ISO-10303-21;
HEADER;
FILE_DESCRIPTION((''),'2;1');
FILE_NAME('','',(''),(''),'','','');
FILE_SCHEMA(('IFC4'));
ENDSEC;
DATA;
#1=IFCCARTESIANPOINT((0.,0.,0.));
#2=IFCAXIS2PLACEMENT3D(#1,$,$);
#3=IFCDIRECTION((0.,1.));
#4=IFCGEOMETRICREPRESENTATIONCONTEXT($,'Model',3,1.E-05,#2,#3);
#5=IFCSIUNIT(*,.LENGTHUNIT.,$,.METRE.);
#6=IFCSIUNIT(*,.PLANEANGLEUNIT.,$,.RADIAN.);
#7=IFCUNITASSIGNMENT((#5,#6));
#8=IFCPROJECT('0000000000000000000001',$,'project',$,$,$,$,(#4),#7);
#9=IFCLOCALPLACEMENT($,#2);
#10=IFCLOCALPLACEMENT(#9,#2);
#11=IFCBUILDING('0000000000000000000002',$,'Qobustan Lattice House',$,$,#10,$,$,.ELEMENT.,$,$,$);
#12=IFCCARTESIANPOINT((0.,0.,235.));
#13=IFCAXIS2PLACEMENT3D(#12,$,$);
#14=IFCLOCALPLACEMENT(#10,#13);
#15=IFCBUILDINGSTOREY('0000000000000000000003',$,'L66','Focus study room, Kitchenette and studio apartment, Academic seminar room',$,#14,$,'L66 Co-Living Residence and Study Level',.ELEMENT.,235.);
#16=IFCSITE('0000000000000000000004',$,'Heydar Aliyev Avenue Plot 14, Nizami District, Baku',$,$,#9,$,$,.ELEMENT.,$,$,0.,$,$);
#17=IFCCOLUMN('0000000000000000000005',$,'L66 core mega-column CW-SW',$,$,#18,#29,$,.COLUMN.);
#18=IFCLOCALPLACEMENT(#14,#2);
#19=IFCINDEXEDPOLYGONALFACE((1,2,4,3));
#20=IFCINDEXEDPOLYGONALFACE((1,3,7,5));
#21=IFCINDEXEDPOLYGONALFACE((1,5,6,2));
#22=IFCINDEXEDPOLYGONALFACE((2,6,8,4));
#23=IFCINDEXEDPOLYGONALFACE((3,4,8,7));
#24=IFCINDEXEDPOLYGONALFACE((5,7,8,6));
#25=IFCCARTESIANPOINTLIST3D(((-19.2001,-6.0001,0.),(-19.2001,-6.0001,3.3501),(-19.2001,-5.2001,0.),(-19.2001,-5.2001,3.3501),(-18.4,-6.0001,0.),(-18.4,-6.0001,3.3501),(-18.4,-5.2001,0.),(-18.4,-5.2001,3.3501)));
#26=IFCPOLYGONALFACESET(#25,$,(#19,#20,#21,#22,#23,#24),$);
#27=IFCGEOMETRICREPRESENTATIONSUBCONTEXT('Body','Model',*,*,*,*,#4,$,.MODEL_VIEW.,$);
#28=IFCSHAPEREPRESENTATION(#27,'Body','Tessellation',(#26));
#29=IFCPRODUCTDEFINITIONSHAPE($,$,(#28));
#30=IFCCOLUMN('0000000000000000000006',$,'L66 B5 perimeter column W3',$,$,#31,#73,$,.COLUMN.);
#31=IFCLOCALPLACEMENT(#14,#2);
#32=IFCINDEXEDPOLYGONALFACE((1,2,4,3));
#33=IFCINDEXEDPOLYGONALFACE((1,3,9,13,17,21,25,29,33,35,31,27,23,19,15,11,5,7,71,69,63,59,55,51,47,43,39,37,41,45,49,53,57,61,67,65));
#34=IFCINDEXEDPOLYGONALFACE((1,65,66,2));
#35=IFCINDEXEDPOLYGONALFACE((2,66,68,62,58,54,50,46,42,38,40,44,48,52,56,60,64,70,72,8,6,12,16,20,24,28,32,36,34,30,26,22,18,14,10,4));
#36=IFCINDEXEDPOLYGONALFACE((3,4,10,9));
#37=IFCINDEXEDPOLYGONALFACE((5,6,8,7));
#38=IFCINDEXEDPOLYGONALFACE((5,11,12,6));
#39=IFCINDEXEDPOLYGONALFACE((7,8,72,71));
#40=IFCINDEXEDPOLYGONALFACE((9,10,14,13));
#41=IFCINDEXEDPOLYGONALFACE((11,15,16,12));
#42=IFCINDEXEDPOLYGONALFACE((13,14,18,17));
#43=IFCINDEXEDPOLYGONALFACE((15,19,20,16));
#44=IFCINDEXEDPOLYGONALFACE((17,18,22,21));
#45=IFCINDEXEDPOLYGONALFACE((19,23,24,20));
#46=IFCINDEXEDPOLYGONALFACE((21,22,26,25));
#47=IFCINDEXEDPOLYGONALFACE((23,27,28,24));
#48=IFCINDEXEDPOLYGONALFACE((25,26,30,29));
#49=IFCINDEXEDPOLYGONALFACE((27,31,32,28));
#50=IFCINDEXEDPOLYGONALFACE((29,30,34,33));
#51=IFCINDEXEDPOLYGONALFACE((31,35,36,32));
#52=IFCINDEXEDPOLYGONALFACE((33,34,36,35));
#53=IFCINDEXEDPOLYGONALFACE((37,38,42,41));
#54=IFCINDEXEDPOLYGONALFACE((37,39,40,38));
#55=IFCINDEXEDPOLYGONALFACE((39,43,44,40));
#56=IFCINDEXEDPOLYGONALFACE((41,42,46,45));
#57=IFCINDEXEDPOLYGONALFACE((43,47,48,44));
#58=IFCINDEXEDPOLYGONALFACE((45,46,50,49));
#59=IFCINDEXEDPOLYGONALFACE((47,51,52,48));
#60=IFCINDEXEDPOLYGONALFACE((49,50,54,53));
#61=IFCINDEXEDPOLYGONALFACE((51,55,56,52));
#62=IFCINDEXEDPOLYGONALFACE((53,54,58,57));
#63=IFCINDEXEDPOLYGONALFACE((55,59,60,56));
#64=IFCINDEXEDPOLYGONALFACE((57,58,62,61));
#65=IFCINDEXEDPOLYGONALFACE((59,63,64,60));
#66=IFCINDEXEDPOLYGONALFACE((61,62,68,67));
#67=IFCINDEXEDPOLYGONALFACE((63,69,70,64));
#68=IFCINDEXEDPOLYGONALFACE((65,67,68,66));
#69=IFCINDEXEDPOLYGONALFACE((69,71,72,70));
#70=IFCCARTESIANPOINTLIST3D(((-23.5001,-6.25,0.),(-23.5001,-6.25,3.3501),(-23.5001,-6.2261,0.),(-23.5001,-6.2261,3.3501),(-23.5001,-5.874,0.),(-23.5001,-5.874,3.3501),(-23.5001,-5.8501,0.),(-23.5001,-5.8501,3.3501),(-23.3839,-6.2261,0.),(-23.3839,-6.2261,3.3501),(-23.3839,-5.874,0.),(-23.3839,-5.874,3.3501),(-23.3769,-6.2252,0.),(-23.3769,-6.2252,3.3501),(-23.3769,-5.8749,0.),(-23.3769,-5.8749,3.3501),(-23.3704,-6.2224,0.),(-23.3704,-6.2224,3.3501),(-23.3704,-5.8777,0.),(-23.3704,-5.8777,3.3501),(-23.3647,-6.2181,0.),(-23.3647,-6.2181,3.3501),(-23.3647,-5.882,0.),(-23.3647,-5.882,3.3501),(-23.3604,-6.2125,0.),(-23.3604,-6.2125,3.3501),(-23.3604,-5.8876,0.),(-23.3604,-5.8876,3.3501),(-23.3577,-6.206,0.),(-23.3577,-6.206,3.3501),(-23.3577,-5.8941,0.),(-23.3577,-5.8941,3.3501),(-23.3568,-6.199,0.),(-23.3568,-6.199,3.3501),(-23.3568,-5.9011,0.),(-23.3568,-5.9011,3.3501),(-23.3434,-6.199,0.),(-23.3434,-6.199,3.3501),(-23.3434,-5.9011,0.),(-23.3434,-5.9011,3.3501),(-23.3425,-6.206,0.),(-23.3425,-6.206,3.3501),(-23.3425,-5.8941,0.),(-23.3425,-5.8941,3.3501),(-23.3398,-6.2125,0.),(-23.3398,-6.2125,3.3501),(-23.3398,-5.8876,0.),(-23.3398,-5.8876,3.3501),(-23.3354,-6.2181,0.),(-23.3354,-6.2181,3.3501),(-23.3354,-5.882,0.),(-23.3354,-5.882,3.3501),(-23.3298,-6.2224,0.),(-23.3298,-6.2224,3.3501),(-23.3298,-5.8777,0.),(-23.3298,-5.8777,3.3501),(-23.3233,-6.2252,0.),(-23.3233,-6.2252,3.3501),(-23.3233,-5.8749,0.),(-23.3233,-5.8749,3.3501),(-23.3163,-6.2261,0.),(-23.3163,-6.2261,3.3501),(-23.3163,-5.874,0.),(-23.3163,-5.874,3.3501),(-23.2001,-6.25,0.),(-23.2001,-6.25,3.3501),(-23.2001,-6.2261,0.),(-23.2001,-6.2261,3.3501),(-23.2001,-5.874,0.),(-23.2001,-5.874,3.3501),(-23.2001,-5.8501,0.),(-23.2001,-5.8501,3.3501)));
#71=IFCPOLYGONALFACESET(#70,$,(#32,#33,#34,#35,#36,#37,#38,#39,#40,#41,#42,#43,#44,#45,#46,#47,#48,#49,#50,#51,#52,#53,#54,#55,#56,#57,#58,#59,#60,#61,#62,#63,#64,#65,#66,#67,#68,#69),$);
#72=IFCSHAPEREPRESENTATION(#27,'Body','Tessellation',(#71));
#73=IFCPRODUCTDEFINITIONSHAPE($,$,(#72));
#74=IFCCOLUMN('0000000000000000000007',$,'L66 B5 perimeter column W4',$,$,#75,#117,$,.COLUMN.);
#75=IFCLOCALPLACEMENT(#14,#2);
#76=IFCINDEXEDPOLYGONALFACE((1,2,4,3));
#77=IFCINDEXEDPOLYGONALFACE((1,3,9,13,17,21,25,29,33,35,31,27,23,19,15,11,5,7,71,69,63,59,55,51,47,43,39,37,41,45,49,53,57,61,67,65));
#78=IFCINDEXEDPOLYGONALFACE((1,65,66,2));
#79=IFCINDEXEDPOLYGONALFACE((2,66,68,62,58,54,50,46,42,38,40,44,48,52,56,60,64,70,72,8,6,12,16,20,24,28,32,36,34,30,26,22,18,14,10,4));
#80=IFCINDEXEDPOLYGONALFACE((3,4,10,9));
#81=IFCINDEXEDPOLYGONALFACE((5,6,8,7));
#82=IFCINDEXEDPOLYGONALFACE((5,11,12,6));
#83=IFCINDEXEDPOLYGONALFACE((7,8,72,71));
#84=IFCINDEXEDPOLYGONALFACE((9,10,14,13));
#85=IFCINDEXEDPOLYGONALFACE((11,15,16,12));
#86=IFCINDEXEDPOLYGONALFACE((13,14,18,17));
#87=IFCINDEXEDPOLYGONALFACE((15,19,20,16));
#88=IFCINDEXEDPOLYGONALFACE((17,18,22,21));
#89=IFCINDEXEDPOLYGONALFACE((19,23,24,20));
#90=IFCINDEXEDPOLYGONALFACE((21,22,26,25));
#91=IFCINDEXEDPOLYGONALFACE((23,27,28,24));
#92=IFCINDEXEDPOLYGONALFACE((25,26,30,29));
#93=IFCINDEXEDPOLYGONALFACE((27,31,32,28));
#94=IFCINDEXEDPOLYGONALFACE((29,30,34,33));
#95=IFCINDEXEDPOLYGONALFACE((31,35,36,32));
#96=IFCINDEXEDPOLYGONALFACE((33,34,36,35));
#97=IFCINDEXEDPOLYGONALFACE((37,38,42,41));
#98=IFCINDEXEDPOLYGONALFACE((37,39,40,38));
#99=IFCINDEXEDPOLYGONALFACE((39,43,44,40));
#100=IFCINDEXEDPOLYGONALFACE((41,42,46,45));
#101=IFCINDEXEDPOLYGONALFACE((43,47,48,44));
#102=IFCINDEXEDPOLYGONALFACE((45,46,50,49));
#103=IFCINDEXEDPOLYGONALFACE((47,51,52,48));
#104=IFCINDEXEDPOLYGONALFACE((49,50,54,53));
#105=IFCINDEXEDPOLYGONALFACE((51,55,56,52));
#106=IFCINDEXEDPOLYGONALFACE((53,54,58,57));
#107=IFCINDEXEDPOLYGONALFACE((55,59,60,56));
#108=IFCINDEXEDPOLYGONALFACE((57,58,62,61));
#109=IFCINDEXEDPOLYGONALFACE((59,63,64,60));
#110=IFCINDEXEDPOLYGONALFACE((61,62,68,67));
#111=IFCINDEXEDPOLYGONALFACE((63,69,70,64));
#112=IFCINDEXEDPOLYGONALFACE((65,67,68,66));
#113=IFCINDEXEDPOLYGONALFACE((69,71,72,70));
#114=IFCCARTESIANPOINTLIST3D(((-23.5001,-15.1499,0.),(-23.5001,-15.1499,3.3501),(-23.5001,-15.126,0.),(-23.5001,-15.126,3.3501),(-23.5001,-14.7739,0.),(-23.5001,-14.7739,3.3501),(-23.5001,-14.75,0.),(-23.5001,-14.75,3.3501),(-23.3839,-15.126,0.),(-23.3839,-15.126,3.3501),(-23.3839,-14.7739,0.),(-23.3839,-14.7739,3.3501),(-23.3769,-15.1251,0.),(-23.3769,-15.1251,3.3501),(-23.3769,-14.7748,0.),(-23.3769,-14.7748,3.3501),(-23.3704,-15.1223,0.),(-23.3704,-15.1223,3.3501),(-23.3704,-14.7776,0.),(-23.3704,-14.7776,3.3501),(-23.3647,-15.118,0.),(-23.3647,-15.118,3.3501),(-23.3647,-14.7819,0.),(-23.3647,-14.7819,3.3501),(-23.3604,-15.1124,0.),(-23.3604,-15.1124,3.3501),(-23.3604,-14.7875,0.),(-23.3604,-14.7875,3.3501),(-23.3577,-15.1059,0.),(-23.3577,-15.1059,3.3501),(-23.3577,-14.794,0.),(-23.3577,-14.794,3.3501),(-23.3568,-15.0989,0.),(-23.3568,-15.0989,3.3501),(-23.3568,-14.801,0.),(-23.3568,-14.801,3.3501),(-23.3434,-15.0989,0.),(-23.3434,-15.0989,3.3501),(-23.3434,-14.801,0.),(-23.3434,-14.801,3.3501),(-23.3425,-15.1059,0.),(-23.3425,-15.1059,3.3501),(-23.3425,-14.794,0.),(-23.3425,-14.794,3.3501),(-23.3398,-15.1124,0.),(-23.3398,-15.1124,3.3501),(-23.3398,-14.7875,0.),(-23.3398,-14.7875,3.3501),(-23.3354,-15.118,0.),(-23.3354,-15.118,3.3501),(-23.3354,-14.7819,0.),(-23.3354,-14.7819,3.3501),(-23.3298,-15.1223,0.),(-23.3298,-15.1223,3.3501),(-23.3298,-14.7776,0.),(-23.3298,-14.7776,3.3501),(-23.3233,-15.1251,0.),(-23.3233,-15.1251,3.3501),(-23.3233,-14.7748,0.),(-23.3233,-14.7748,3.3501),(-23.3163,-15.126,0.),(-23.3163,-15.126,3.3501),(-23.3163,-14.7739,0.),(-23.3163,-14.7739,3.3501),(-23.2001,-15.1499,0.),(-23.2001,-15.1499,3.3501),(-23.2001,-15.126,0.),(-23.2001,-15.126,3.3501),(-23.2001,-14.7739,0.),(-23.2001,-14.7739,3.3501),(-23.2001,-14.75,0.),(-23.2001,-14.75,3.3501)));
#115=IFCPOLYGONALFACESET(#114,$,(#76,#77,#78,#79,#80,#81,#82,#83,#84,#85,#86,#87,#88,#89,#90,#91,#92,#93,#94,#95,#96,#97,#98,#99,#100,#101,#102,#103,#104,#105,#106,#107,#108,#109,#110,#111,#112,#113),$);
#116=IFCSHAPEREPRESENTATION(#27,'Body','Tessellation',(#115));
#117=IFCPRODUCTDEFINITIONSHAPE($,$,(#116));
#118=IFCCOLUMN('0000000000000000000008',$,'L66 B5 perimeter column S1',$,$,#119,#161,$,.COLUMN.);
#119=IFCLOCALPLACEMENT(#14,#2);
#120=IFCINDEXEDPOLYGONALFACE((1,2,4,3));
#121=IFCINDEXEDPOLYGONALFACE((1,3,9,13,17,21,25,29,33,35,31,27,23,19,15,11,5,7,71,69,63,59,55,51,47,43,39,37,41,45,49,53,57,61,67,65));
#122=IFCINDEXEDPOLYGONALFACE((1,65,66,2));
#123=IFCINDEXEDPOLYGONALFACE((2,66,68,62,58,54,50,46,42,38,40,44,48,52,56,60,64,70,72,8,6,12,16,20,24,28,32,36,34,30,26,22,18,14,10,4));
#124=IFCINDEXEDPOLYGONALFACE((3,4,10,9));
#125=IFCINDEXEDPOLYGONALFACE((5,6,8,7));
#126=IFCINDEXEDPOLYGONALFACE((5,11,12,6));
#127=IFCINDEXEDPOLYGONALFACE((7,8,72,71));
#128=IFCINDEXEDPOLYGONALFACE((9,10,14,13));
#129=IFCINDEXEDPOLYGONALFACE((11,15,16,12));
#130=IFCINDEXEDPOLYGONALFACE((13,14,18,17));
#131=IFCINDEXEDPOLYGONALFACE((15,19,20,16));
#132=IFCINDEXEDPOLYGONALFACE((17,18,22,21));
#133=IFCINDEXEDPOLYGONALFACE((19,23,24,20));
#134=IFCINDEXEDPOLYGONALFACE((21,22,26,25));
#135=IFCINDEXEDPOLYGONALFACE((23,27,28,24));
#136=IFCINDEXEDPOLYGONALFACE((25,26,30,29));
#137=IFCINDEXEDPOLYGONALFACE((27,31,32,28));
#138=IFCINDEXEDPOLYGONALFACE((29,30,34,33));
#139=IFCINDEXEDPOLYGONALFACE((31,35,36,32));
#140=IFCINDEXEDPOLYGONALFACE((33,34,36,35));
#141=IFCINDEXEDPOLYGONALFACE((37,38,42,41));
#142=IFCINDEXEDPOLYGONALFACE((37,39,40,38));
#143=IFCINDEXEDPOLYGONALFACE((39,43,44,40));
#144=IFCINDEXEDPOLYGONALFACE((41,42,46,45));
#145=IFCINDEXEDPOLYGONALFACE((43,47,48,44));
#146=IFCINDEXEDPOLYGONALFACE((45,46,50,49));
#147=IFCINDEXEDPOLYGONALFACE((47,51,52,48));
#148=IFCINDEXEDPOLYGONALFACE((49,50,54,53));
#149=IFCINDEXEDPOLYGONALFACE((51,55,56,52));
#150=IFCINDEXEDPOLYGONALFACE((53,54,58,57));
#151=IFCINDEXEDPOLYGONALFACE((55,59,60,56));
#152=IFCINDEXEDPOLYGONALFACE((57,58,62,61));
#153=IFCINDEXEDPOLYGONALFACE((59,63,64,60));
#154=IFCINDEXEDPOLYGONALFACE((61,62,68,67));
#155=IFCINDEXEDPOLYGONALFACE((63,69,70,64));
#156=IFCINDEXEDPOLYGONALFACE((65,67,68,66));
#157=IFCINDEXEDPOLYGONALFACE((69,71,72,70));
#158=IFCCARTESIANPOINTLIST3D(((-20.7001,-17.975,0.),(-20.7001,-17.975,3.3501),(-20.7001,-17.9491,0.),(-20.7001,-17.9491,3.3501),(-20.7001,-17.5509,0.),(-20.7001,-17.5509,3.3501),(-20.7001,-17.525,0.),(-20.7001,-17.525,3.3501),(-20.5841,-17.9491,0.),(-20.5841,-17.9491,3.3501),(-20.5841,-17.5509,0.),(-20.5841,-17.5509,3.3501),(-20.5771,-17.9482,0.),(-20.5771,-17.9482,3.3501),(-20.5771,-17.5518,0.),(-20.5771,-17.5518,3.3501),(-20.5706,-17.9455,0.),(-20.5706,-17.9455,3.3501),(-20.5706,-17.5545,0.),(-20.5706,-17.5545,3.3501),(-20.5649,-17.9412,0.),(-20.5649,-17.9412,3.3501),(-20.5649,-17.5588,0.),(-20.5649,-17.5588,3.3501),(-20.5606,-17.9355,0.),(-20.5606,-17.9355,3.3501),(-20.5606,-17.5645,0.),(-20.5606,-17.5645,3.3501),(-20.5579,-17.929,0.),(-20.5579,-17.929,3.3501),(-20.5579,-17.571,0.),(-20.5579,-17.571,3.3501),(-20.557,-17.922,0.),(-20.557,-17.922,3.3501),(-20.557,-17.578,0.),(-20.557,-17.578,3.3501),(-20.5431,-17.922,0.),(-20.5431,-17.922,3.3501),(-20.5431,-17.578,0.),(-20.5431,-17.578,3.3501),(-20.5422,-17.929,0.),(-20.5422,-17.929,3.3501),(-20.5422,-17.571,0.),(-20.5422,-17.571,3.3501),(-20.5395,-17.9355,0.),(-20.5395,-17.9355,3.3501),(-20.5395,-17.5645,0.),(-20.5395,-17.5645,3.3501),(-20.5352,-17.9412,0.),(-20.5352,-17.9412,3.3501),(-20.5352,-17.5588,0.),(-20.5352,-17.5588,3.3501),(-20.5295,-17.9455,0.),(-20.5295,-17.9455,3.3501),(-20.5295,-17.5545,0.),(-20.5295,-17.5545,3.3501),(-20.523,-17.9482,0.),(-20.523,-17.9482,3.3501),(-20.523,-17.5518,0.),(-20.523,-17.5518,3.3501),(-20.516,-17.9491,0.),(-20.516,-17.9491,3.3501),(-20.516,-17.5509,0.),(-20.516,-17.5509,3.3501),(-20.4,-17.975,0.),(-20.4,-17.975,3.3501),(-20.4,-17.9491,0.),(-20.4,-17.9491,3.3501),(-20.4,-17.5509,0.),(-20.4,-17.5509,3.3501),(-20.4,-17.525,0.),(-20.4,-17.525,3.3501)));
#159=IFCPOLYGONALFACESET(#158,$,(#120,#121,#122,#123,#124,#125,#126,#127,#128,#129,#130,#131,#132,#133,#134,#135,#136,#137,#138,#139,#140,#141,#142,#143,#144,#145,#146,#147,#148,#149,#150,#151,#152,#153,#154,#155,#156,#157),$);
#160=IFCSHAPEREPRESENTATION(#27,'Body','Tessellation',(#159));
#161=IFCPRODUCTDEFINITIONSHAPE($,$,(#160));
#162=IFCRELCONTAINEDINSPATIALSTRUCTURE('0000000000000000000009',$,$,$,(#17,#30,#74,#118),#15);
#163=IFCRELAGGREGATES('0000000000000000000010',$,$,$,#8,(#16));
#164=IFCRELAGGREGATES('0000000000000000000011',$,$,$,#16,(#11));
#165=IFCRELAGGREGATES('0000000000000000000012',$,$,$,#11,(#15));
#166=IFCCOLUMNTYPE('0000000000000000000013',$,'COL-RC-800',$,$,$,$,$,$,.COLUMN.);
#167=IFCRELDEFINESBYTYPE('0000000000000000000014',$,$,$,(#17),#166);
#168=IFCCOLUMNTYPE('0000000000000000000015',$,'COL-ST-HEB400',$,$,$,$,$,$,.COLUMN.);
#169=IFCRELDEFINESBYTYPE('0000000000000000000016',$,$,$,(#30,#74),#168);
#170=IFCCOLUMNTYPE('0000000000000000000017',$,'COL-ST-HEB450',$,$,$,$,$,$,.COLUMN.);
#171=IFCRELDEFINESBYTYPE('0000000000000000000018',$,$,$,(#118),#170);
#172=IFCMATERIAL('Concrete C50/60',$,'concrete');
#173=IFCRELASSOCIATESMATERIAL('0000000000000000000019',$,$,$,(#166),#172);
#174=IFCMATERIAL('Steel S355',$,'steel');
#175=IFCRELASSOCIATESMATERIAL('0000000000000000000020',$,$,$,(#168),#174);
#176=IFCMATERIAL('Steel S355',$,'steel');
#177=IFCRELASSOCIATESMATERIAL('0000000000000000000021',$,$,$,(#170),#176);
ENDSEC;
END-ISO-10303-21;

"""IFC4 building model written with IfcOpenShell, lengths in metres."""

from ifc_helpers import new_model, si_unit, direction, frame, origin, origin_2d, place, context, subcontext, project, spatial, rectangle, i_section, extrude, material, material_profile, profile_set, type_object, element, save


model = new_model("IFC4")

# Units and contexts
model_context = context("Model", 3, precision=1e-05, world=origin(), true_north=direction((0.0, 1.0)))
body_context = subcontext(model_context, "Body", "Model", "MODEL_VIEW")
ifc_project = project(units=[si_unit("LENGTHUNIT", "METRE"), si_unit("PLANEANGLEUNIT", "RADIAN")], contexts=[model_context])

# Site, building, storey
site_placement = place(None, origin())
site = spatial("IfcSite", under=ifc_project, at=site_placement, Name="Heydar Aliyev Avenue Plot 14, Nizami District, Baku", CompositionType="ELEMENT", RefElevation=0.0)
building_placement = place(site_placement, origin())
building = spatial("IfcBuilding", under=site, at=building_placement, Name="Qobustan Lattice House", CompositionType="ELEMENT")
storey_placement = place(building_placement, frame((0.0, 0.0, 235.0)))
storey = spatial("IfcBuildingStorey", under=building, at=storey_placement, Name="L66", Description="Focus study room, Kitchenette and studio apartment, Academic seminar room", LongName="L66 Co-Living Residence and Study Level", CompositionType="ELEMENT", Elevation=235.0)

# Columns
ifc_material_1 = material(Name="Concrete C50/60", Category="concrete")
ifc_material_profile_1 = material_profile(ifc_material_1, rectangle(XDim=0.8, YDim=0.8, at=origin_2d()), Name="RC800x800")
ifc_profile_set_1 = profile_set([ifc_material_profile_1], Name="Concrete C50/60")
column_type_1 = type_object("IfcColumnType", Name="COL-RC-800", PredefinedType="COLUMN", material=ifc_profile_set_1)
column_1_placement = place(storey_placement, frame((-18.8, -5.6001, 0.0), z_axis=(0.0, 0.0, 1.0), x_axis=(1.0, 0.0, 0.0)))
element("IfcColumn", 1, at=column_1_placement, inside=storey, type_object=column_type_1, Name="L66 core mega-column CW-SW", PredefinedType="COLUMN", context=body_context, shape_type="SweptSolid", body=[
    extrude(rectangle(XDim=0.8, YDim=0.8, at=origin_2d()), origin(), (0.0, 0.0, 1.0), 3.3501),
])
ifc_material_2 = material(Name="Steel S355", Category="steel")
ifc_material_profile_2 = material_profile(ifc_material_2, i_section(OverallWidth=0.3, OverallDepth=0.3999, WebThickness=0.0134, FlangeThickness=0.0239, FilletRadius=0.0271, at=origin_2d()), Name="HEB400")
ifc_profile_set_2 = profile_set([ifc_material_profile_2], Name="Steel S355")
column_type_2 = type_object("IfcColumnType", Name="COL-ST-HEB400", PredefinedType="COLUMN", material=ifc_profile_set_2)
for number, where, z_axis, x_axis, name in (
    (2, (-23.3501, -6.05, 0.0), (0.0, 0.0, 1.0), (1.0, 0.0, 0.0), "L66 B5 perimeter column W3"),
    (3, (-23.3501, -14.95, 0.0), (0.0, 0.0, 1.0), (1.0, 0.0, 0.0), "L66 B5 perimeter column W4"),
):
    element("IfcColumn", number, at=place(storey_placement, frame(where, z_axis=z_axis, x_axis=x_axis)), inside=storey, type_object=column_type_2, Name=name, PredefinedType="COLUMN", context=body_context, shape_type="SweptSolid", body=[
        extrude(i_section(OverallWidth=0.3, OverallDepth=0.3999, WebThickness=0.0134, FlangeThickness=0.0239, FilletRadius=0.0271, at=origin_2d()), origin(), (0.0, 0.0, 1.0), 3.3501),
    ])
ifc_material_3 = material(Name="Steel S355", Category="steel")
ifc_material_profile_3 = material_profile(ifc_material_3, i_section(OverallWidth=0.3, OverallDepth=0.45, WebThickness=0.0139, FlangeThickness=0.0259, FilletRadius=0.0271, at=origin_2d()), Name="HEB450")
ifc_profile_set_3 = profile_set([ifc_material_profile_3], Name="Steel S355")
column_type_3 = type_object("IfcColumnType", Name="COL-ST-HEB450", PredefinedType="COLUMN", material=ifc_profile_set_3)
column_2_placement = place(storey_placement, frame((-20.55, -17.75, 0.0), z_axis=(0.0, 0.0, 1.0), x_axis=(1.0, 0.0, 0.0)))
element("IfcColumn", 4, at=column_2_placement, inside=storey, type_object=column_type_3, Name="L66 B5 perimeter column S1", PredefinedType="COLUMN", context=body_context, shape_type="SweptSolid", body=[
    extrude(i_section(OverallWidth=0.3, OverallDepth=0.45, WebThickness=0.0139, FlangeThickness=0.0259, FilletRadius=0.0271, at=origin_2d()), origin(), (0.0, 0.0, 1.0), 3.3501),
])

save(model, "model.ifc")
